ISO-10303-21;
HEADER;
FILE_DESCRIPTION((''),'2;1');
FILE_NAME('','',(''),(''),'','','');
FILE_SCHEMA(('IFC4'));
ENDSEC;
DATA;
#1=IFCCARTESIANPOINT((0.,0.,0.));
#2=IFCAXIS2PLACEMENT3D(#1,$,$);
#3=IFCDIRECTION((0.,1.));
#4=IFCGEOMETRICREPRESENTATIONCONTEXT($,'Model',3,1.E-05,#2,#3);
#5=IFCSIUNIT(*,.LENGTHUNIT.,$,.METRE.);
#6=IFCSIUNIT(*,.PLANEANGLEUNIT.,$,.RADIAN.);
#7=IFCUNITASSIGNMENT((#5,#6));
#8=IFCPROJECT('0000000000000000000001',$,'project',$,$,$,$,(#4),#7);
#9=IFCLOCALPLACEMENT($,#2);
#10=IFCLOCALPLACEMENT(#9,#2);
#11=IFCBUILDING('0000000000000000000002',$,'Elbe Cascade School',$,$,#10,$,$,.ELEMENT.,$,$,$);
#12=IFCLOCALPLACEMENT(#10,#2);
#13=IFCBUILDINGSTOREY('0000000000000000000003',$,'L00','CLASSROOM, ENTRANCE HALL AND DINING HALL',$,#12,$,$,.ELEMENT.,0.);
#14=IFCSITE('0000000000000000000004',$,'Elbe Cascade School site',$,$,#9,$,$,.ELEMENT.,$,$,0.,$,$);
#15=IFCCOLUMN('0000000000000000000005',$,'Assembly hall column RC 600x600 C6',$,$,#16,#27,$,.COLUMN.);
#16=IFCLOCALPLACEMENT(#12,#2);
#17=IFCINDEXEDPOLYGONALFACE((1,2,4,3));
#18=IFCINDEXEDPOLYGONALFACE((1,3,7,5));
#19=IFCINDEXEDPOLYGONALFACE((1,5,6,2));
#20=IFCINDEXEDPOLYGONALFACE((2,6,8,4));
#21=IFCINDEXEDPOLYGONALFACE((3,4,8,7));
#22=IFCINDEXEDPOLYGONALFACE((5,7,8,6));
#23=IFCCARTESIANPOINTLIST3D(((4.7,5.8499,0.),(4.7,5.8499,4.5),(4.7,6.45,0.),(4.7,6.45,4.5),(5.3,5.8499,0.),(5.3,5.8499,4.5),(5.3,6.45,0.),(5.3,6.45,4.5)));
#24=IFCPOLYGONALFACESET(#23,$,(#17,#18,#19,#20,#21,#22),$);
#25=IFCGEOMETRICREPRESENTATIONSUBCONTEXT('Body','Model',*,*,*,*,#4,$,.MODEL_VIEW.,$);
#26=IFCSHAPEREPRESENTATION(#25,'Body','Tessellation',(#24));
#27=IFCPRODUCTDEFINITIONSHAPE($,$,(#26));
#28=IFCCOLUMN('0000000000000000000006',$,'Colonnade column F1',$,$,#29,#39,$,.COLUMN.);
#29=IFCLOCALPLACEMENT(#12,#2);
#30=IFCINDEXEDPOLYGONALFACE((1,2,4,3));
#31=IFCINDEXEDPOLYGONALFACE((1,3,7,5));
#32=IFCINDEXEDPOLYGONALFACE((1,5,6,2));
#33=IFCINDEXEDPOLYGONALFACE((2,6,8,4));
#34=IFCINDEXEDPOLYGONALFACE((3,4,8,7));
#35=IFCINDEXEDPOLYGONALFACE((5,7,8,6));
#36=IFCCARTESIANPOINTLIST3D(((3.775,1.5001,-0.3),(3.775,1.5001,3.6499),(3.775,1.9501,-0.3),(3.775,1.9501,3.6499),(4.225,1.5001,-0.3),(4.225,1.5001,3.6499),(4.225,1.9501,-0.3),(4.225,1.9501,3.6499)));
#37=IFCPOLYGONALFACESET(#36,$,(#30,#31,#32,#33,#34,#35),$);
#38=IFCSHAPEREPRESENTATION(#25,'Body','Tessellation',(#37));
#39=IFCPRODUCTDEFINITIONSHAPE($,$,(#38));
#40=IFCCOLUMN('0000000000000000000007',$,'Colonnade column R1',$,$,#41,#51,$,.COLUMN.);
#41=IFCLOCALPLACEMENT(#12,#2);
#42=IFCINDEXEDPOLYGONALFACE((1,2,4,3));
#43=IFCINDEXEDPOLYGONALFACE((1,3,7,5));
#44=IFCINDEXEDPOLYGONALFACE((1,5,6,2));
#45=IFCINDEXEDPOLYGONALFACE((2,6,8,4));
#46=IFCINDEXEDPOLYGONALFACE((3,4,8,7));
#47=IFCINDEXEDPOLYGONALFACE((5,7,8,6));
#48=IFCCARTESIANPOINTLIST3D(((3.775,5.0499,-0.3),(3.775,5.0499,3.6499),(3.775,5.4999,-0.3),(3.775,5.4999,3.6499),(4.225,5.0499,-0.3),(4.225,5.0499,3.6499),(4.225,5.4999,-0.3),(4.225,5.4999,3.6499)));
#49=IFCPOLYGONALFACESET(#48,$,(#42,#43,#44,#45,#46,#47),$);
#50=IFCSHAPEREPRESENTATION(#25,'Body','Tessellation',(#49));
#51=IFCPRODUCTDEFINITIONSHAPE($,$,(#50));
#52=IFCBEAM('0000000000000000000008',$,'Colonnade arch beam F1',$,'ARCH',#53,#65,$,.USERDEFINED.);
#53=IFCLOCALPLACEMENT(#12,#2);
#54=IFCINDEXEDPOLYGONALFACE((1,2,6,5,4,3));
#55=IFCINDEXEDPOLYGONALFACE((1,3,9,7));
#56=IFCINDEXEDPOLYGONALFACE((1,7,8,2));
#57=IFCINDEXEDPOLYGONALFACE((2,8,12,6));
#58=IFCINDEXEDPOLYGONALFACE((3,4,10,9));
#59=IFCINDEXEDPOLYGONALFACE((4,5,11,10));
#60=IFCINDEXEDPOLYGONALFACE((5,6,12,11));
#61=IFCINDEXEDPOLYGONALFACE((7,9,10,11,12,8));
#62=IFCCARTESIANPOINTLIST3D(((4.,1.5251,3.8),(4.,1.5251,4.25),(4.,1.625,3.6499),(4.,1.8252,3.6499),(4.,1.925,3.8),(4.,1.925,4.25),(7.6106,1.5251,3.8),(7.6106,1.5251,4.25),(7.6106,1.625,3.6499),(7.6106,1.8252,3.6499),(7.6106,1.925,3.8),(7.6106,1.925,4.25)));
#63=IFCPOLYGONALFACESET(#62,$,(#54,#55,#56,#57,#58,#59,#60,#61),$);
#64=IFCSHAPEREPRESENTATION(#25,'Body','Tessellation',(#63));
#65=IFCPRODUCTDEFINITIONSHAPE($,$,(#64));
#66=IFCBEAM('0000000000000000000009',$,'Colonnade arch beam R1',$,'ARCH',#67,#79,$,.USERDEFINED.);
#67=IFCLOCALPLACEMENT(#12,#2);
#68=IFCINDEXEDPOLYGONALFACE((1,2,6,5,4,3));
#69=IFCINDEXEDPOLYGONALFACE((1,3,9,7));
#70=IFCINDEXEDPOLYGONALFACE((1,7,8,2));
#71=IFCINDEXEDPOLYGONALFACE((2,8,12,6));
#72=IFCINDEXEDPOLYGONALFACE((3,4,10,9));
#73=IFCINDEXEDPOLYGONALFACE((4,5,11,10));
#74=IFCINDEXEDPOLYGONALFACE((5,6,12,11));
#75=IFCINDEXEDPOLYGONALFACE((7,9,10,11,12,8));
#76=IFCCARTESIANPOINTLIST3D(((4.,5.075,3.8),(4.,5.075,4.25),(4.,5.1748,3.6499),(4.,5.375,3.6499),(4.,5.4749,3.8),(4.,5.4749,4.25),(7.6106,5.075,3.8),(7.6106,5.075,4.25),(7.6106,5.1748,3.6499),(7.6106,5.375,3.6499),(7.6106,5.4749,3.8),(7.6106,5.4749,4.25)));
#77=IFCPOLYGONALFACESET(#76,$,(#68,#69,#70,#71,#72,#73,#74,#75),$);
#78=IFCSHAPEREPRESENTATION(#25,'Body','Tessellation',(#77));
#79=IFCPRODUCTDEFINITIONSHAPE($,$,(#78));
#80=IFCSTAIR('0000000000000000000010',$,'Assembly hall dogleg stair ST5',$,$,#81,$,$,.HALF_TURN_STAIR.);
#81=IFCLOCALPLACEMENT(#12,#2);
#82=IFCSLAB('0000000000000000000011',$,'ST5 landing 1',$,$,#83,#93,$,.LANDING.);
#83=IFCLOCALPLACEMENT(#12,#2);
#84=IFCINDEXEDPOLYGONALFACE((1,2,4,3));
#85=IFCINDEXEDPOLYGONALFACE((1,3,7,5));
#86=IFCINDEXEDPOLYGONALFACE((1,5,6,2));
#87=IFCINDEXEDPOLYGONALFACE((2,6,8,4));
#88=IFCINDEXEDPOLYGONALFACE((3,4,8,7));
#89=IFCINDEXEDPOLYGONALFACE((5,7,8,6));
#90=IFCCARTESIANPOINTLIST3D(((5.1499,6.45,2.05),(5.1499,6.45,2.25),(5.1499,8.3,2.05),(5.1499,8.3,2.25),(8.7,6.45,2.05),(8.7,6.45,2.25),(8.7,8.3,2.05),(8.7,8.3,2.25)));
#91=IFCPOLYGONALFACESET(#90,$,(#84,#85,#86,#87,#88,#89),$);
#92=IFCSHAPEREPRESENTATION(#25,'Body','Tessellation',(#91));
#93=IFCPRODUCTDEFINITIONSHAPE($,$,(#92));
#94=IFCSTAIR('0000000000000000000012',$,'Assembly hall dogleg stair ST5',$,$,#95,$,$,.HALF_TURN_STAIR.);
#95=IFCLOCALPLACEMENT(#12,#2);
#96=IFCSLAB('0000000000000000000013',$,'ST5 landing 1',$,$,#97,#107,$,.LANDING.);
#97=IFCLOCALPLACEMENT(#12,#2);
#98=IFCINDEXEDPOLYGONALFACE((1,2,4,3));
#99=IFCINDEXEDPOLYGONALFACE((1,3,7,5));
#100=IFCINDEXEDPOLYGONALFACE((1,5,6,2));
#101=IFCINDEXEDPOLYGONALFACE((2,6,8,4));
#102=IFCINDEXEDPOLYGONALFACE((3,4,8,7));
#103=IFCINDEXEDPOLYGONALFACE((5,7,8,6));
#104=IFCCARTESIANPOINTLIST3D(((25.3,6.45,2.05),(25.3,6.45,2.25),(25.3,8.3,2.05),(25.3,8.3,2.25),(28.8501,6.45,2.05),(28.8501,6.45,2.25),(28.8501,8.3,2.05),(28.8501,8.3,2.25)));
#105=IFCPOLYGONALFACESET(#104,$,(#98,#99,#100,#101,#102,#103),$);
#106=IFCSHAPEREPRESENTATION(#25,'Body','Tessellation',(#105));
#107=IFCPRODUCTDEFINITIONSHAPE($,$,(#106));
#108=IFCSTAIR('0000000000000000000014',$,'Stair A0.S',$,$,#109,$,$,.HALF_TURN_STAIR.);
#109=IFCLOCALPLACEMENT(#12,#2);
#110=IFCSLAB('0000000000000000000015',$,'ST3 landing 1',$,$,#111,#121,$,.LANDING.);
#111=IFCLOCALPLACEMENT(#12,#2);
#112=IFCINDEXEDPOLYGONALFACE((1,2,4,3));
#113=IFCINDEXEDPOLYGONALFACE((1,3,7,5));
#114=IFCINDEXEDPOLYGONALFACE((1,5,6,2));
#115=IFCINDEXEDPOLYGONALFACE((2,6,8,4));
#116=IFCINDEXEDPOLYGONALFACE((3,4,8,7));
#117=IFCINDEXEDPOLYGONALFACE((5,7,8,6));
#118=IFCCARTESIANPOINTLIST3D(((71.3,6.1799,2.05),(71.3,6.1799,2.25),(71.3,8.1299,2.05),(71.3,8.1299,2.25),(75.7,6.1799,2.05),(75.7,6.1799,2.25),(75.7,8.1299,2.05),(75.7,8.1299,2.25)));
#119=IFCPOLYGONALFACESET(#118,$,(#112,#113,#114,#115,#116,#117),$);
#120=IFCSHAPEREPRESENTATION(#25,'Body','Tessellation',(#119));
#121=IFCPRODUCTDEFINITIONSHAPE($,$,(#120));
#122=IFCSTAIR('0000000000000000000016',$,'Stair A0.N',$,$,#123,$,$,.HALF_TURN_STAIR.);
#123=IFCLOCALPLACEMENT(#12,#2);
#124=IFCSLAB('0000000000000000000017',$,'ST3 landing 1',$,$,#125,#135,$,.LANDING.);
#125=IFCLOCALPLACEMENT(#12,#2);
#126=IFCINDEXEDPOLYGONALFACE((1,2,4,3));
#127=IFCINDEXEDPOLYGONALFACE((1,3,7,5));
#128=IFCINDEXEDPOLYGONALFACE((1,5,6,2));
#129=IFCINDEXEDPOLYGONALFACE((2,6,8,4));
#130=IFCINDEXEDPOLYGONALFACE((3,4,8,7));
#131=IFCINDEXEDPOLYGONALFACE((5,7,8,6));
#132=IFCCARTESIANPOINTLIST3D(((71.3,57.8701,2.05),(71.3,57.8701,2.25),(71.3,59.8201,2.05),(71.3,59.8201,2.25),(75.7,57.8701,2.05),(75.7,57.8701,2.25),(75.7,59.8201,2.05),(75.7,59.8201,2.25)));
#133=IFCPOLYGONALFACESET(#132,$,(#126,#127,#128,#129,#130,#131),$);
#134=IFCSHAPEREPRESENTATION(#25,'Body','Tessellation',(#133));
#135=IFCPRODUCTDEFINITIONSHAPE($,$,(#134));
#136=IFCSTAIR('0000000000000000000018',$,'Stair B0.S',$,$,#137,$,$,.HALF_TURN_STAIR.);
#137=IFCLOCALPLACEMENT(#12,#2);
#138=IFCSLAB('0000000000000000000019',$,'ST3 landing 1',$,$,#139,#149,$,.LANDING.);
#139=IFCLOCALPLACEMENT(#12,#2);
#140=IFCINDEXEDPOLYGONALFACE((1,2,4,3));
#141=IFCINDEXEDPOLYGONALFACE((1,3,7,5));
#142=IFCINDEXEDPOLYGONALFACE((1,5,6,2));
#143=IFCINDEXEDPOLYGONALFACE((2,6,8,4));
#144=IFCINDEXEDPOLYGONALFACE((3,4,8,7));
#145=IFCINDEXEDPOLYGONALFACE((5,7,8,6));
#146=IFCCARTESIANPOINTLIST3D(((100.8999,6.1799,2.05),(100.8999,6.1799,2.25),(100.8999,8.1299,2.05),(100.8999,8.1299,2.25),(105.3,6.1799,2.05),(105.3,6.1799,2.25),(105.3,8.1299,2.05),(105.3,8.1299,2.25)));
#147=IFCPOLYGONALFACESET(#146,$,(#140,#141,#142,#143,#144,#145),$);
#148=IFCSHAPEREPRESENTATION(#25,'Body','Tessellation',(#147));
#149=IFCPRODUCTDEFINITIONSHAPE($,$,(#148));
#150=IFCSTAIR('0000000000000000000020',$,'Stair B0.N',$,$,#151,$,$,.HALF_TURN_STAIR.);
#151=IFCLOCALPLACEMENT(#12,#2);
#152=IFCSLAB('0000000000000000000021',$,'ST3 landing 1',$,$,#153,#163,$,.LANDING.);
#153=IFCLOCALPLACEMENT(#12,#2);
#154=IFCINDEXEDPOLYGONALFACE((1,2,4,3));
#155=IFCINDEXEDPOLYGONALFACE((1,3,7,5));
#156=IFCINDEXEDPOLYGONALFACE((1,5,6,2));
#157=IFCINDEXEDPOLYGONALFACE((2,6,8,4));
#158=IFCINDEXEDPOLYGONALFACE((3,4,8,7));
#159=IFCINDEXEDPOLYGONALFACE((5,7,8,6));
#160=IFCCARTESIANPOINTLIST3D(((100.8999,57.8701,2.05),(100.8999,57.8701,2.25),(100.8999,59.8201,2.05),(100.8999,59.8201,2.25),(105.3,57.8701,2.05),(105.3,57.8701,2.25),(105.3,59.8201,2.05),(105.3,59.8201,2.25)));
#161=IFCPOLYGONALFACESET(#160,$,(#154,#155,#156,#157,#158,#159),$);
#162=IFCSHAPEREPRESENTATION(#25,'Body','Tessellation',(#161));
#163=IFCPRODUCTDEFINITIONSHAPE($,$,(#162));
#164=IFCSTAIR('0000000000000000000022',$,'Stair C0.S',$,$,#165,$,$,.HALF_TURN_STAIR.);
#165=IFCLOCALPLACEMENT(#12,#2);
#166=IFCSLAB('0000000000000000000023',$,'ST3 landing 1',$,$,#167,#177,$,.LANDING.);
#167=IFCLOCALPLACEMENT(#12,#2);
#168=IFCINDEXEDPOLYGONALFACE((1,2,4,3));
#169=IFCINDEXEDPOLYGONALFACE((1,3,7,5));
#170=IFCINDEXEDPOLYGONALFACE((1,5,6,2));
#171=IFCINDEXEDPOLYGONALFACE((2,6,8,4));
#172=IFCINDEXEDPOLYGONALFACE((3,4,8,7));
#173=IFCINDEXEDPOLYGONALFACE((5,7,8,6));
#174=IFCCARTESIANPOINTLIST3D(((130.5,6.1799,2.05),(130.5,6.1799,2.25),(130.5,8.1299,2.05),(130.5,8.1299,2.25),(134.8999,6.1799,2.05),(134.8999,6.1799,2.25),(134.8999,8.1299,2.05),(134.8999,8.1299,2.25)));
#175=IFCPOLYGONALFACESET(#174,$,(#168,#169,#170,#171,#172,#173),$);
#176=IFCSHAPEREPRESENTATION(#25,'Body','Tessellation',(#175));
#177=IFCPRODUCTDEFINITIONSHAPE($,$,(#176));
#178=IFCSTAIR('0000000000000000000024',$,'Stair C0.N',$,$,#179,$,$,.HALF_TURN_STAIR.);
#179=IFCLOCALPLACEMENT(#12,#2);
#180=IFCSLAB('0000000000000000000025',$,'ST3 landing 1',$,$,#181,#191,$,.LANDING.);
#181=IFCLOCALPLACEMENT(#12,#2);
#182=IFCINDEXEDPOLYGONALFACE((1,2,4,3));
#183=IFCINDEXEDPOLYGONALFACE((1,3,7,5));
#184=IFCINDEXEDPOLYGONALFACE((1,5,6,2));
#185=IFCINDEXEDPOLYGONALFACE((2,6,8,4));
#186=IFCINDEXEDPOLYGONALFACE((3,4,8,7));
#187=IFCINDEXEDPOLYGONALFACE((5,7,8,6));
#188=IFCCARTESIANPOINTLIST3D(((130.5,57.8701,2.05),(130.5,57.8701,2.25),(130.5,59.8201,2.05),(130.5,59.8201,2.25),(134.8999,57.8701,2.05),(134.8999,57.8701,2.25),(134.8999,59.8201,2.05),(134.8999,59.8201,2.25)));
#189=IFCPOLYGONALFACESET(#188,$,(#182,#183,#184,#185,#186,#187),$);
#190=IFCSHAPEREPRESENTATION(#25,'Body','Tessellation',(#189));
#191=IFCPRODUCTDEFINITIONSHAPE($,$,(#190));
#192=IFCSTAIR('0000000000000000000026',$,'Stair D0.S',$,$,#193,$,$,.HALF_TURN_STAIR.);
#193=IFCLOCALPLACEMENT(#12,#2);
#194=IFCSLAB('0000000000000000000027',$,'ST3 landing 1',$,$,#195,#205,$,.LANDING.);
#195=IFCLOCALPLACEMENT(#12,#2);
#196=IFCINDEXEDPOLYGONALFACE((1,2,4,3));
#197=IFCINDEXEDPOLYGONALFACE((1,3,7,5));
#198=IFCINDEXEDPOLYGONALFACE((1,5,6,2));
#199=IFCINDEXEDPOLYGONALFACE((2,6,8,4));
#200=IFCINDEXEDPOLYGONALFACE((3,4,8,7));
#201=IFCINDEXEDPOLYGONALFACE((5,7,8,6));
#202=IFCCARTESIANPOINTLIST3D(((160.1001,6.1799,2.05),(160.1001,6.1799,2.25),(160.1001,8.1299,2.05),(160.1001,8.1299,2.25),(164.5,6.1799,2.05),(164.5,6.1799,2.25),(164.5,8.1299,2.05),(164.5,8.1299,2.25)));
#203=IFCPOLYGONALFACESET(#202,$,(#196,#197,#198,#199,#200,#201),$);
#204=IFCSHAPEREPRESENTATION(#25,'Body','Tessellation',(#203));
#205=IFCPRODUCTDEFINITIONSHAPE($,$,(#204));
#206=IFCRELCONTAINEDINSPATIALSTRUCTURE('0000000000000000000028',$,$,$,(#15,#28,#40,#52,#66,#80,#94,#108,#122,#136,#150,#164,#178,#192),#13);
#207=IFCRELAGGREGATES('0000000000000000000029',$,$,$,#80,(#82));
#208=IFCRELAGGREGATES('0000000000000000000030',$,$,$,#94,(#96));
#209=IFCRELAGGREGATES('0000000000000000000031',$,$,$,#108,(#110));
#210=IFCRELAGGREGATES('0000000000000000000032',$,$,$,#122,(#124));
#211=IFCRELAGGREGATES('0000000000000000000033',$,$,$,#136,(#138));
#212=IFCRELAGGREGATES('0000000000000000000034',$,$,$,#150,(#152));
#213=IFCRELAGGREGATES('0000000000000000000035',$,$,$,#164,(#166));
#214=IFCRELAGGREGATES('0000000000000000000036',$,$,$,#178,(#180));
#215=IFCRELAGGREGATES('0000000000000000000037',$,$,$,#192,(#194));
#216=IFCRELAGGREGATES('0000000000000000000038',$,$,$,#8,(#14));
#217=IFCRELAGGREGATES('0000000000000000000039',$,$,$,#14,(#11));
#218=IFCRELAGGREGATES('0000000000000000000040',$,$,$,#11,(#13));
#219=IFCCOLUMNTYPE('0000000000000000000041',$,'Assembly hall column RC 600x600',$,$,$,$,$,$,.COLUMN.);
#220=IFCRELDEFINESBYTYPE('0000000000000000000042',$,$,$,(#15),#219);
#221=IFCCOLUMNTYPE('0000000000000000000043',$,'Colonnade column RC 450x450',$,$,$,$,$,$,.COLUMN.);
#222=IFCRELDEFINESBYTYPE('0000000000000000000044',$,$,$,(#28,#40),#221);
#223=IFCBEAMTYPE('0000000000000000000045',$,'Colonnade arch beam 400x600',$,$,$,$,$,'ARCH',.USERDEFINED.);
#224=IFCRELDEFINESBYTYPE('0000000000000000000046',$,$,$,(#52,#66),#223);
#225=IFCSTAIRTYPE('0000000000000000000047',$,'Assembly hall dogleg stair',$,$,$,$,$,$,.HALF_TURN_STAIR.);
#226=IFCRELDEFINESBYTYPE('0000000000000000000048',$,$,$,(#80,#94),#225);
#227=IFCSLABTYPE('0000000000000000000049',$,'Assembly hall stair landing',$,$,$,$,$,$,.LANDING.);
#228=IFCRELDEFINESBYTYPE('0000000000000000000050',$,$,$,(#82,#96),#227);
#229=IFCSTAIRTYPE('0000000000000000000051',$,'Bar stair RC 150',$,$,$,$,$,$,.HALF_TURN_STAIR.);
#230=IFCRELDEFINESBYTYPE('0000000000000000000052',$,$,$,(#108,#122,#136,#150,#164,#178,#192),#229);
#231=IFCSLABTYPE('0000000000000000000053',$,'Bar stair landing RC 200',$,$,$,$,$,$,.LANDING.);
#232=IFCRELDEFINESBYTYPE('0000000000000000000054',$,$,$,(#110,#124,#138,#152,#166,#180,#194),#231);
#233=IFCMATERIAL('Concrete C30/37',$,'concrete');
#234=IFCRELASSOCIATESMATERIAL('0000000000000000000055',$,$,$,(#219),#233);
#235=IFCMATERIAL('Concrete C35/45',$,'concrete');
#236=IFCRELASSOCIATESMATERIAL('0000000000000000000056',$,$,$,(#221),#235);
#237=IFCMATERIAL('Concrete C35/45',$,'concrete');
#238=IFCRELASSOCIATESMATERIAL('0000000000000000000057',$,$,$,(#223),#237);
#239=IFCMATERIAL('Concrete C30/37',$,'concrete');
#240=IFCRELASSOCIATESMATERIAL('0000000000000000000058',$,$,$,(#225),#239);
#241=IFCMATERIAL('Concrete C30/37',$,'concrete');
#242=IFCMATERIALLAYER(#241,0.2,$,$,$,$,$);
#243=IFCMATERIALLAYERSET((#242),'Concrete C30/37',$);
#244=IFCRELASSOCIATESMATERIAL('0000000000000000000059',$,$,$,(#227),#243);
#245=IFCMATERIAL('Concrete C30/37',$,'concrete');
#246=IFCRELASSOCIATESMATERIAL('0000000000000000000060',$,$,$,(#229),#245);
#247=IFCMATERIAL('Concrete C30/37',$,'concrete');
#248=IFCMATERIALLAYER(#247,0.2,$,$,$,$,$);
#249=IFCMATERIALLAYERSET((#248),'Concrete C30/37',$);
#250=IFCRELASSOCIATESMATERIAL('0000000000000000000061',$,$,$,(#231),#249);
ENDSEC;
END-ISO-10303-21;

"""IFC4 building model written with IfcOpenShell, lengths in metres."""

from ifc_helpers import new_model, si_unit, direction, frame, origin, origin_2d, place, context, subcontext, project, spatial, polyline, rectangle, outline, extrude, material, layer, layer_set, material_profile, profile_set, type_object, element, aggregate, save


model = new_model("IFC4")

# Units and contexts
model_context = context("Model", 3, precision=1e-05, world=origin(), true_north=direction((0.0, 1.0)))
body_context = subcontext(model_context, "Body", "Model", "MODEL_VIEW")
ifc_project = project(units=[si_unit("LENGTHUNIT", "METRE"), si_unit("PLANEANGLEUNIT", "RADIAN")], contexts=[model_context])

# Site, building, storey
site_placement = place(None, origin())
site = spatial("IfcSite", under=ifc_project, at=site_placement, Name="Elbe Cascade School site", CompositionType="ELEMENT", RefElevation=0.0)
building_placement = place(site_placement, origin())
building = spatial("IfcBuilding", under=site, at=building_placement, Name="Elbe Cascade School", CompositionType="ELEMENT")
storey_placement = place(building_placement, origin())
storey = spatial("IfcBuildingStorey", under=building, at=storey_placement, Name="L00", Description="CLASSROOM, ENTRANCE HALL AND DINING HALL", CompositionType="ELEMENT", Elevation=0.0)

# Columns
ifc_material_1 = material(Name="Concrete C30/37", Category="concrete")
ifc_material_profile_1 = material_profile(ifc_material_1, rectangle(XDim=0.6001, YDim=0.6001, at=origin_2d()), Name="RC 600x600")
ifc_profile_set_1 = profile_set([ifc_material_profile_1], Name="Concrete C30/37")
column_type_1 = type_object("IfcColumnType", Name="Assembly hall column RC 600x600", PredefinedType="COLUMN", material=ifc_profile_set_1)
column_placement = place(storey_placement, frame((5.0, 6.1499, 0.0), z_axis=(0.0, 0.0, 1.0), x_axis=(1.0, 0.0, 0.0)))
element("IfcColumn", 1, at=column_placement, inside=storey, type_object=column_type_1, Name="Assembly hall column RC 600x600 C6", PredefinedType="COLUMN", context=body_context, shape_type="SweptSolid", body=[
    extrude(rectangle(XDim=0.6001, YDim=0.6001, at=origin_2d()), origin(), (0.0, 0.0, 1.0), 4.5),
])
ifc_material_2 = material(Name="Concrete C35/45", Category="concrete")
ifc_material_profile_2 = material_profile(ifc_material_2, rectangle(XDim=0.45, YDim=0.45, at=origin_2d()), Name="RC 450x450")
ifc_profile_set_2 = profile_set([ifc_material_profile_2], Name="Concrete C35/45")
column_type_2 = type_object("IfcColumnType", Name="Colonnade column RC 450x450", PredefinedType="COLUMN", material=ifc_profile_set_2)
for number, where, z_axis, x_axis, name in (
    (2, (4.0, 1.7251, -0.3), (0.0, 0.0, 1.0), (1.0, 0.0, 0.0), "Colonnade column F1"),
    (3, (4.0, 5.2749, -0.3), (0.0, 0.0, 1.0), (1.0, 0.0, 0.0), "Colonnade column R1"),
):
    element("IfcColumn", number, at=place(storey_placement, frame(where, z_axis=z_axis, x_axis=x_axis)), inside=storey, type_object=column_type_2, Name=name, PredefinedType="COLUMN", context=body_context, shape_type="SweptSolid", body=[
        extrude(rectangle(XDim=0.45, YDim=0.45, at=origin_2d()), origin(), (0.0, 0.0, 1.0), 3.95),
    ])

# Beams
ifc_material_3 = material(Name="Concrete C35/45", Category="concrete")
ifc_material_profile_3 = material_profile(ifc_material_3, outline(polyline([(-0.2, 0.3), (0.2, 0.3), (0.2, -0.1499), (0.1001, -0.3), (-0.1001, -0.3), (-0.2, -0.1499), (-0.2, 0.3)])), Name="RC arch 400x600")
ifc_profile_set_3 = profile_set([ifc_material_profile_3], Name="Concrete C35/45")
beam_type = type_object("IfcBeamType", Name="Colonnade arch beam 400x600", ElementType="ARCH", PredefinedType="USERDEFINED", material=ifc_profile_set_3)
for number, where, z_axis, x_axis, name in (
    (4, (4.0, 1.7251, 3.95), (1.0, 0.0, 0.0), (0.0, 1.0, 0.0), "Colonnade arch beam F1"),
    (5, (4.0, 5.2749, 3.95), (1.0, 0.0, 0.0), (0.0, 1.0, 0.0), "Colonnade arch beam R1"),
):
    element("IfcBeam", number, at=place(storey_placement, frame(where, z_axis=z_axis, x_axis=x_axis)), inside=storey, type_object=beam_type, Name=name, ObjectType="ARCH", PredefinedType="USERDEFINED", context=body_context, shape_type="SweptSolid", body=[
        extrude(outline(polyline([(-0.2, 0.3), (0.2, 0.3), (0.2, -0.1499), (0.1001, -0.3), (-0.1001, -0.3), (-0.2, -0.1499), (-0.2, 0.3)])), origin(), (0.0, 0.0, 1.0), 3.6106),
    ])

# Stairs, slabs
ifc_material_4 = material(Name="Concrete C30/37", Category="concrete")
stair_type_1 = type_object("IfcStairType", Name="Assembly hall dogleg stair", PredefinedType="HALF_TURN_STAIR", material=ifc_material_4)
stair_1_placement = place(storey_placement, origin())
stair_1 = element("IfcStair", 6, at=stair_1_placement, inside=storey, type_object=stair_type_1, Name="Assembly hall dogleg stair ST5", PredefinedType="HALF_TURN_STAIR")
ifc_material_5 = material(Name="Concrete C30/37", Category="concrete")
ifc_layer_1 = layer(ifc_material_5, 0.2)
ifc_layer_set_1 = layer_set([ifc_layer_1], Name="Concrete C30/37")
slab_type_1 = type_object("IfcSlabType", Name="Assembly hall stair landing", PredefinedType="LANDING", material=ifc_layer_set_1)
slab_1_placement = place(storey_placement, frame((0.0, 0.0, 2.05)))
slab_1 = element("IfcSlab", 7, at=slab_1_placement, type_object=slab_type_1, Name="ST5 landing 1", PredefinedType="LANDING", context=body_context, shape_type="SweptSolid", body=[
    extrude(outline(polyline([(5.1499, 6.45), (8.7, 6.45), (8.7, 8.3), (5.1499, 8.3), (5.1499, 6.45)])), origin(), (0.0, 0.0, 1.0), 0.2),
])
aggregate(stair_1, [slab_1])
stair_2_placement = place(storey_placement, origin())
stair_2 = element("IfcStair", 8, at=stair_2_placement, inside=storey, type_object=stair_type_1, Name="Assembly hall dogleg stair ST5", PredefinedType="HALF_TURN_STAIR")
slab_2_placement = place(storey_placement, frame((0.0, 0.0, 2.05)))
slab_2 = element("IfcSlab", 9, at=slab_2_placement, type_object=slab_type_1, Name="ST5 landing 1", PredefinedType="LANDING", context=body_context, shape_type="SweptSolid", body=[
    extrude(outline(polyline([(25.3, 6.45), (28.8501, 6.45), (28.8501, 8.3), (25.3, 8.3), (25.3, 6.45)])), origin(), (0.0, 0.0, 1.0), 0.2),
])
aggregate(stair_2, [slab_2])
ifc_material_6 = material(Name="Concrete C30/37", Category="concrete")
stair_type_2 = type_object("IfcStairType", Name="Bar stair RC 150", PredefinedType="HALF_TURN_STAIR", material=ifc_material_6)
stair_3_placement = place(storey_placement, origin())
stair_3 = element("IfcStair", 10, at=stair_3_placement, inside=storey, type_object=stair_type_2, Name="Stair A0.S", PredefinedType="HALF_TURN_STAIR")
ifc_material_7 = material(Name="Concrete C30/37", Category="concrete")
ifc_layer_2 = layer(ifc_material_7, 0.2)
ifc_layer_set_2 = layer_set([ifc_layer_2], Name="Concrete C30/37")
slab_type_2 = type_object("IfcSlabType", Name="Bar stair landing RC 200", PredefinedType="LANDING", material=ifc_layer_set_2)
slab_3_placement = place(storey_placement, frame((0.0, 0.0, 2.05)))
slab_3 = element("IfcSlab", 11, at=slab_3_placement, type_object=slab_type_2, Name="ST3 landing 1", PredefinedType="LANDING", context=body_context, shape_type="SweptSolid", body=[
    extrude(outline(polyline([(71.3, 6.1799), (75.7, 6.1799), (75.7, 8.1299), (71.3, 8.1299), (71.3, 6.1799)])), origin(), (0.0, 0.0, 1.0), 0.2),
])
aggregate(stair_3, [slab_3])
stair_4_placement = place(storey_placement, origin())
stair_4 = element("IfcStair", 12, at=stair_4_placement, inside=storey, type_object=stair_type_2, Name="Stair A0.N", PredefinedType="HALF_TURN_STAIR")
slab_4_placement = place(storey_placement, frame((0.0, 0.0, 2.05)))
slab_4 = element("IfcSlab", 13, at=slab_4_placement, type_object=slab_type_2, Name="ST3 landing 1", PredefinedType="LANDING", context=body_context, shape_type="SweptSolid", body=[
    extrude(outline(polyline([(71.3, 57.8701), (75.7, 57.8701), (75.7, 59.8201), (71.3, 59.8201), (71.3, 57.8701)])), origin(), (0.0, 0.0, 1.0), 0.2),
])
aggregate(stair_4, [slab_4])
stair_5_placement = place(storey_placement, origin())
stair_5 = element("IfcStair", 14, at=stair_5_placement, inside=storey, type_object=stair_type_2, Name="Stair B0.S", PredefinedType="HALF_TURN_STAIR")
slab_5_placement = place(storey_placement, frame((0.0, 0.0, 2.05)))
slab_5 = element("IfcSlab", 15, at=slab_5_placement, type_object=slab_type_2, Name="ST3 landing 1", PredefinedType="LANDING", context=body_context, shape_type="SweptSolid", body=[
    extrude(outline(polyline([(100.8999, 6.1799), (105.3, 6.1799), (105.3, 8.1299), (100.8999, 8.1299), (100.8999, 6.1799)])), origin(), (0.0, 0.0, 1.0), 0.2),
])
aggregate(stair_5, [slab_5])
stair_6_placement = place(storey_placement, origin())
stair_6 = element("IfcStair", 16, at=stair_6_placement, inside=storey, type_object=stair_type_2, Name="Stair B0.N", PredefinedType="HALF_TURN_STAIR")
slab_6_placement = place(storey_placement, frame((0.0, 0.0, 2.05)))
slab_6 = element("IfcSlab", 17, at=slab_6_placement, type_object=slab_type_2, Name="ST3 landing 1", PredefinedType="LANDING", context=body_context, shape_type="SweptSolid", body=[
    extrude(outline(polyline([(100.8999, 57.8701), (105.3, 57.8701), (105.3, 59.8201), (100.8999, 59.8201), (100.8999, 57.8701)])), origin(), (0.0, 0.0, 1.0), 0.2),
])
aggregate(stair_6, [slab_6])
stair_7_placement = place(storey_placement, origin())
stair_7 = element("IfcStair", 18, at=stair_7_placement, inside=storey, type_object=stair_type_2, Name="Stair C0.S", PredefinedType="HALF_TURN_STAIR")
slab_7_placement = place(storey_placement, frame((0.0, 0.0, 2.05)))
slab_7 = element("IfcSlab", 19, at=slab_7_placement, type_object=slab_type_2, Name="ST3 landing 1", PredefinedType="LANDING", context=body_context, shape_type="SweptSolid", body=[
    extrude(outline(polyline([(130.5, 6.1799), (134.8999, 6.1799), (134.8999, 8.1299), (130.5, 8.1299), (130.5, 6.1799)])), origin(), (0.0, 0.0, 1.0), 0.2),
])
aggregate(stair_7, [slab_7])
stair_8_placement = place(storey_placement, origin())
stair_8 = element("IfcStair", 20, at=stair_8_placement, inside=storey, type_object=stair_type_2, Name="Stair C0.N", PredefinedType="HALF_TURN_STAIR")
slab_8_placement = place(storey_placement, frame((0.0, 0.0, 2.05)))
slab_8 = element("IfcSlab", 21, at=slab_8_placement, type_object=slab_type_2, Name="ST3 landing 1", PredefinedType="LANDING", context=body_context, shape_type="SweptSolid", body=[
    extrude(outline(polyline([(130.5, 57.8701), (134.8999, 57.8701), (134.8999, 59.8201), (130.5, 59.8201), (130.5, 57.8701)])), origin(), (0.0, 0.0, 1.0), 0.2),
])
aggregate(stair_8, [slab_8])
stair_9_placement = place(storey_placement, origin())
stair_9 = element("IfcStair", 22, at=stair_9_placement, inside=storey, type_object=stair_type_2, Name="Stair D0.S", PredefinedType="HALF_TURN_STAIR")
slab_9_placement = place(storey_placement, frame((0.0, 0.0, 2.05)))
slab_9 = element("IfcSlab", 23, at=slab_9_placement, type_object=slab_type_2, Name="ST3 landing 1", PredefinedType="LANDING", context=body_context, shape_type="SweptSolid", body=[
    extrude(outline(polyline([(160.1001, 6.1799), (164.5, 6.1799), (164.5, 8.1299), (160.1001, 8.1299), (160.1001, 6.1799)])), origin(), (0.0, 0.0, 1.0), 0.2),
])
aggregate(stair_9, [slab_9])

save(model, "model.ifc")
